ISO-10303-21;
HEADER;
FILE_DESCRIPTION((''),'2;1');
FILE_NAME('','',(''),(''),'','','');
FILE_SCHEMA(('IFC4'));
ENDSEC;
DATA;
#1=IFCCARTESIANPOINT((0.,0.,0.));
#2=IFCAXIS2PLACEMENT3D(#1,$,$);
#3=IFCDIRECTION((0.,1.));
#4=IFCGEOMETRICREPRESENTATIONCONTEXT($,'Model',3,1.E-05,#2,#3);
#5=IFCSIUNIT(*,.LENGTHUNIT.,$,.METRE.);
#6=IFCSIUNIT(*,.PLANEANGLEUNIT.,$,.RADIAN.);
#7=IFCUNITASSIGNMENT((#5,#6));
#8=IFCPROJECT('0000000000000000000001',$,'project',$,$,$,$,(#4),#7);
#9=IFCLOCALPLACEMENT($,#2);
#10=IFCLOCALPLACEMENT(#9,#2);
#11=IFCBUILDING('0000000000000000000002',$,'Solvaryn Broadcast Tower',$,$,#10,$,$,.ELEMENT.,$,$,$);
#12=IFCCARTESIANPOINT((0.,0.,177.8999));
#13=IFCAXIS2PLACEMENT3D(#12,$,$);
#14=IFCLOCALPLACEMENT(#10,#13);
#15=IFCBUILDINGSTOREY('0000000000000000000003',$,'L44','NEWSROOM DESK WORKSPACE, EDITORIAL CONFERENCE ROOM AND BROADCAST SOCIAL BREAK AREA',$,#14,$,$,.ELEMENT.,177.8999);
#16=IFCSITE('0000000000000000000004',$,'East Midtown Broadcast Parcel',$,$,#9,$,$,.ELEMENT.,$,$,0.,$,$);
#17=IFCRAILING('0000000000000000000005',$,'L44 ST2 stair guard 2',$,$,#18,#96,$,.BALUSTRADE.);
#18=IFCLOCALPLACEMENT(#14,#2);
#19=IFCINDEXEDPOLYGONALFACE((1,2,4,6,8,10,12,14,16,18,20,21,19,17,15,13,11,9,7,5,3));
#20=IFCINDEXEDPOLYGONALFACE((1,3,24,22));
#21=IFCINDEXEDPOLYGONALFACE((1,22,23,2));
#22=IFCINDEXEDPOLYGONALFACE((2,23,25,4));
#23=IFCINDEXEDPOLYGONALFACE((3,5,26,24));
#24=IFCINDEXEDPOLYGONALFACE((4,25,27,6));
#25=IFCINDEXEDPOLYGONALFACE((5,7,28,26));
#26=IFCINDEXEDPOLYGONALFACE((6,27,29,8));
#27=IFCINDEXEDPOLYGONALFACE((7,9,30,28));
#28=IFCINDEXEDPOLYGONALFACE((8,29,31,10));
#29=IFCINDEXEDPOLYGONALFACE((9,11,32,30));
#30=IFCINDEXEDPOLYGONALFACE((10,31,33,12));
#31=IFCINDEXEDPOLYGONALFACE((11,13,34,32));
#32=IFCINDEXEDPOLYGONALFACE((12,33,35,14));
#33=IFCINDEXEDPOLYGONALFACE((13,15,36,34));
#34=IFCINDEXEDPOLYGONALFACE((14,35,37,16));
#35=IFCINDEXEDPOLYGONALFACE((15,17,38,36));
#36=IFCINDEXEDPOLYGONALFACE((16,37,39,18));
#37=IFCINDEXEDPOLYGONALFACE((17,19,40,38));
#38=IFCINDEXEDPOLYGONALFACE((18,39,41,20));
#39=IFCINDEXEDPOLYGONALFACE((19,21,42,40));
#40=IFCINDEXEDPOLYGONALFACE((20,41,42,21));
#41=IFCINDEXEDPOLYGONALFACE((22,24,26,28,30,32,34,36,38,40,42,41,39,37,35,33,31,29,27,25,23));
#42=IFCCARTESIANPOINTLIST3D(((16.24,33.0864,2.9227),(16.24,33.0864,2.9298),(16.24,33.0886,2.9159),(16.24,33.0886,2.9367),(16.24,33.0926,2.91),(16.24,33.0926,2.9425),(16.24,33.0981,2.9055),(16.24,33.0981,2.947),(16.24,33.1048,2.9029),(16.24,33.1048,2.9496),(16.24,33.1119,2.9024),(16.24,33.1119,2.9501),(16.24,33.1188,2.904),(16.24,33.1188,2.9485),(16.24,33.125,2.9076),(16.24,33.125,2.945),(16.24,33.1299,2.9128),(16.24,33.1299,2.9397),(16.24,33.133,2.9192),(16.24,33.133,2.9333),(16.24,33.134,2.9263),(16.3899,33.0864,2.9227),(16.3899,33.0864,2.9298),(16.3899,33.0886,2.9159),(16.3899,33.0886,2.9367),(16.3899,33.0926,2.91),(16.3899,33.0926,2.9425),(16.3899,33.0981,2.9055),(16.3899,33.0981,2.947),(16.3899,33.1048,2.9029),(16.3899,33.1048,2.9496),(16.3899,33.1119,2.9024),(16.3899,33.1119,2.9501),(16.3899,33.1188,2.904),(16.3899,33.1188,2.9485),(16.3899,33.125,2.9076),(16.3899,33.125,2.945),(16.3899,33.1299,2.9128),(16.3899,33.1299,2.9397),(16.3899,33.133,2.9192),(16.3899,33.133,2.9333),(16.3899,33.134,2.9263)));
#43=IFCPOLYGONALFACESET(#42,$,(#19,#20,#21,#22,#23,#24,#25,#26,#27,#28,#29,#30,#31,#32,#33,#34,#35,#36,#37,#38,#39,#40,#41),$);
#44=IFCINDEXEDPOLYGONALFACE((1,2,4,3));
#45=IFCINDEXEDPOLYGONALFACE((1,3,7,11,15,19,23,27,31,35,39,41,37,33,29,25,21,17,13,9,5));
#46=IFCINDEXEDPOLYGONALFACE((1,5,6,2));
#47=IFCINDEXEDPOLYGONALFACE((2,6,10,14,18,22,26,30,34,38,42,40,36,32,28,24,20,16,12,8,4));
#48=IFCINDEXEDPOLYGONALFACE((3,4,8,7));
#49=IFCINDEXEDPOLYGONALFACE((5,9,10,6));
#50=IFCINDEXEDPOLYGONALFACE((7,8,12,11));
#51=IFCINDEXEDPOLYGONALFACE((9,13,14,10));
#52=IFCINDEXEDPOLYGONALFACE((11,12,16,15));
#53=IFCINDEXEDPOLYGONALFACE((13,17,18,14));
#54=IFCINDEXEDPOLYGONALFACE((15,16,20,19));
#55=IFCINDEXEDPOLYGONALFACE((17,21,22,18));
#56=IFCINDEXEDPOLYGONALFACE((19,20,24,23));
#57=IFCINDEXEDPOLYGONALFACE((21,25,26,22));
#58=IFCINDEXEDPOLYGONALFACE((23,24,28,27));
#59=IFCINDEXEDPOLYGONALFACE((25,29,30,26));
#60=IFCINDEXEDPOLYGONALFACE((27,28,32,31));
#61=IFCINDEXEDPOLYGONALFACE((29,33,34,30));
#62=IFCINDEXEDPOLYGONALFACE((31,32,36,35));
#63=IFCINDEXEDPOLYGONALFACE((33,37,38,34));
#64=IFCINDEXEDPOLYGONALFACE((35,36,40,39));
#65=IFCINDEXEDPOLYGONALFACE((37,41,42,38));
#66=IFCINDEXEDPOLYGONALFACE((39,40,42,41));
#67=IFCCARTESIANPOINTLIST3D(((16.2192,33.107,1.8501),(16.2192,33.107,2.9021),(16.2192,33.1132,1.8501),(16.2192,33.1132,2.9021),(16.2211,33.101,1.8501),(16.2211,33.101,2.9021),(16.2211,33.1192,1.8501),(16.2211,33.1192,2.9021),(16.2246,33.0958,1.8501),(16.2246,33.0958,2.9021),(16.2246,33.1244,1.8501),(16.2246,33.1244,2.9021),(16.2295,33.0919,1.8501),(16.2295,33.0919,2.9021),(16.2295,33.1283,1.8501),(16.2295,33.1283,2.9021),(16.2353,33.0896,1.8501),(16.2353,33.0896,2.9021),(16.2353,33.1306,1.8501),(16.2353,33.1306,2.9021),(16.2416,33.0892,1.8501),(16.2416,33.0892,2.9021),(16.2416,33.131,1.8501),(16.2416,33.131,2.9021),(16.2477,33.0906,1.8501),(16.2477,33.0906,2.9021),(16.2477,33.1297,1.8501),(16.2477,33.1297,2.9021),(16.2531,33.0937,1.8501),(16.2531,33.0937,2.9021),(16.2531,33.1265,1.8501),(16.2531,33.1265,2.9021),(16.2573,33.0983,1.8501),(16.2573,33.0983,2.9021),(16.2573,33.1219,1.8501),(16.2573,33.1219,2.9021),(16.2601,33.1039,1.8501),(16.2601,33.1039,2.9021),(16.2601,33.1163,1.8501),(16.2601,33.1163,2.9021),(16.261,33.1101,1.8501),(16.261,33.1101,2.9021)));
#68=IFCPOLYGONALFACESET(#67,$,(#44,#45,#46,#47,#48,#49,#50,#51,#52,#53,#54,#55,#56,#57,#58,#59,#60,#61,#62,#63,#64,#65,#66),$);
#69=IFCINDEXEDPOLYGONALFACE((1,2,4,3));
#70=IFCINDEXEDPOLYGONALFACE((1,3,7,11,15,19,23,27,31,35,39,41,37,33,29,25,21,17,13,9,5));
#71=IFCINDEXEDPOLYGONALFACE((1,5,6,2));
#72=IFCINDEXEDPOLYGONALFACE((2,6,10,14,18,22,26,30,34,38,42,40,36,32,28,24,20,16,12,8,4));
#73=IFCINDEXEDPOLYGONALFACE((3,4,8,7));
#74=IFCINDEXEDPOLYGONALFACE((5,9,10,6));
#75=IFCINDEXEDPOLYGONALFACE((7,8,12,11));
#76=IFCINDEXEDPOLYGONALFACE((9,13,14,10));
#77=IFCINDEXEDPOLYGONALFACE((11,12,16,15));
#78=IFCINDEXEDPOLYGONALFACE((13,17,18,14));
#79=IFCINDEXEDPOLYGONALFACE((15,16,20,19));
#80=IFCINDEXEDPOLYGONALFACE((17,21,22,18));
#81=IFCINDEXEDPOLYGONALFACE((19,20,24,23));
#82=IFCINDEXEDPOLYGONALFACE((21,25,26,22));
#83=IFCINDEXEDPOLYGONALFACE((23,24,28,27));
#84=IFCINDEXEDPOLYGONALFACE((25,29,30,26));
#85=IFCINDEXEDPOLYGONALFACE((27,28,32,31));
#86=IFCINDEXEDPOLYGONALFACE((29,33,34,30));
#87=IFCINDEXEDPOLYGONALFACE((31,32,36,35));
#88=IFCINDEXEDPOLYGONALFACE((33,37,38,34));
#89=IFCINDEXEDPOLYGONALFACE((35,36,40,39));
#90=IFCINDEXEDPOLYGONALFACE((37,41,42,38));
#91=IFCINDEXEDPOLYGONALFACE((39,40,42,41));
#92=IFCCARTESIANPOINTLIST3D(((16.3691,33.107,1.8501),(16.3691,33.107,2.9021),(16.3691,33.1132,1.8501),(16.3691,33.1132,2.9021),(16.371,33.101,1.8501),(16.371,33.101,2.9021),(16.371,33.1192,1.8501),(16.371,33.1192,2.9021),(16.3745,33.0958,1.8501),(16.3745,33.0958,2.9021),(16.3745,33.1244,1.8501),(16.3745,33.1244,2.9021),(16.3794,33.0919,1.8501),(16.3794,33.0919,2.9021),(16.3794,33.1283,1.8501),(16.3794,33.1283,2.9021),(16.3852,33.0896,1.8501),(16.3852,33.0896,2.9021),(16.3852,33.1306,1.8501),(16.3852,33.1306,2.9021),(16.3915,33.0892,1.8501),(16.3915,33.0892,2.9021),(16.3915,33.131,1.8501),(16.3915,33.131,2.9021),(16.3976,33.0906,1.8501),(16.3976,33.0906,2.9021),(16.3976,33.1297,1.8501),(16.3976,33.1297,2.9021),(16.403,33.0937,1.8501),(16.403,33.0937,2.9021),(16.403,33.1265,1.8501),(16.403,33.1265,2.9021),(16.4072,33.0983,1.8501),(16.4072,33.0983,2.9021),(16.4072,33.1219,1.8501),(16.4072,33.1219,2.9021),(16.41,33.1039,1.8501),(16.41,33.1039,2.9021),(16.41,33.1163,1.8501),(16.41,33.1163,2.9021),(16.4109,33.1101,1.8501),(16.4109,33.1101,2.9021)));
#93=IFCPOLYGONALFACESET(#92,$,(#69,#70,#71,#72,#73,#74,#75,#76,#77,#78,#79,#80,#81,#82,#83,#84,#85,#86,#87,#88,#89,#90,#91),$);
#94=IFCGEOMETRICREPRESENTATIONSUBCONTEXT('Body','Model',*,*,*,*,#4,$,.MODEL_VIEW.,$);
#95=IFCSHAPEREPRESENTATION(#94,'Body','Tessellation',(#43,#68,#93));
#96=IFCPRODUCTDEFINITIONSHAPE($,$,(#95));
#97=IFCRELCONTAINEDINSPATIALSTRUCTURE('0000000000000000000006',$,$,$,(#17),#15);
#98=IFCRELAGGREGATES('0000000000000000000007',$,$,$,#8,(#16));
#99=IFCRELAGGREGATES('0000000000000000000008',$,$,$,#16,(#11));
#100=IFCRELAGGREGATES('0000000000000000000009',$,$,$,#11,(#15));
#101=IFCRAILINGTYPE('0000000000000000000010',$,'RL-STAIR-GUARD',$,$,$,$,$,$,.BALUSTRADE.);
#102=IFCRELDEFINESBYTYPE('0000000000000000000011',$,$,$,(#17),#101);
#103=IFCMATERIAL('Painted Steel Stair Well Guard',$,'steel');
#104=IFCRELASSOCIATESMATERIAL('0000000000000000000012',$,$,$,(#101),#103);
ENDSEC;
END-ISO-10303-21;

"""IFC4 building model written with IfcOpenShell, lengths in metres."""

from ifc_helpers import new_model, si_unit, direction, frame, origin, origin_2d, place, context, subcontext, project, spatial, circle, extrude, material, type_object, element, save


model = new_model("IFC4")

# Units and contexts
model_context = context("Model", 3, precision=1e-05, world=origin(), true_north=direction((0.0, 1.0)))
body_context = subcontext(model_context, "Body", "Model", "MODEL_VIEW")
ifc_project = project(units=[si_unit("LENGTHUNIT", "METRE"), si_unit("PLANEANGLEUNIT", "RADIAN")], contexts=[model_context])

# Site, building, storey
site_placement = place(None, origin())
site = spatial("IfcSite", under=ifc_project, at=site_placement, Name="East Midtown Broadcast Parcel", CompositionType="ELEMENT", RefElevation=0.0)
building_placement = place(site_placement, origin())
building = spatial("IfcBuilding", under=site, at=building_placement, Name="Solvaryn Broadcast Tower", CompositionType="ELEMENT")
storey_placement = place(building_placement, frame((0.0, 0.0, 177.8999)))
storey = spatial("IfcBuildingStorey", under=building, at=storey_placement, Name="L44", Description="NEWSROOM DESK WORKSPACE, EDITORIAL CONFERENCE ROOM AND BROADCAST SOCIAL BREAK AREA", CompositionType="ELEMENT", Elevation=177.8999)

# Railing
ifc_material_1 = material(Name="Painted Steel Stair Well Guard", Category="steel")
railing_type_1 = type_object("IfcRailingType", Name="RL-STAIR-GUARD", PredefinedType="BALUSTRADE", material=ifc_material_1)
railing_1_placement = place(storey_placement, frame((16.24, 33.1101, 1.8501)))
element("IfcRailing", 1, at=railing_1_placement, inside=storey, type_object=railing_type_1, Name="L44 ST2 stair guard 2", PredefinedType="BALUSTRADE", context=body_context, shape_type="SweptSolid", body=[
    extrude(circle(Radius=0.0239, at=origin_2d()), frame((0.0, 0.0, 1.0762), z_axis=(1.0, 0.0, 0.0), x_axis=(0.0, 1.0, 0.0)), (0.0, 0.0, 1.0), 0.1499),
    extrude(circle(Radius=0.021, at=origin_2d()), origin(), (0.0, 0.0, 1.0), 1.052),
    extrude(circle(Radius=0.021, at=origin_2d()), frame((0.1499, 0.0, 0.0)), (0.0, 0.0, 1.0), 1.052),
])

save(model, "model.ifc")
